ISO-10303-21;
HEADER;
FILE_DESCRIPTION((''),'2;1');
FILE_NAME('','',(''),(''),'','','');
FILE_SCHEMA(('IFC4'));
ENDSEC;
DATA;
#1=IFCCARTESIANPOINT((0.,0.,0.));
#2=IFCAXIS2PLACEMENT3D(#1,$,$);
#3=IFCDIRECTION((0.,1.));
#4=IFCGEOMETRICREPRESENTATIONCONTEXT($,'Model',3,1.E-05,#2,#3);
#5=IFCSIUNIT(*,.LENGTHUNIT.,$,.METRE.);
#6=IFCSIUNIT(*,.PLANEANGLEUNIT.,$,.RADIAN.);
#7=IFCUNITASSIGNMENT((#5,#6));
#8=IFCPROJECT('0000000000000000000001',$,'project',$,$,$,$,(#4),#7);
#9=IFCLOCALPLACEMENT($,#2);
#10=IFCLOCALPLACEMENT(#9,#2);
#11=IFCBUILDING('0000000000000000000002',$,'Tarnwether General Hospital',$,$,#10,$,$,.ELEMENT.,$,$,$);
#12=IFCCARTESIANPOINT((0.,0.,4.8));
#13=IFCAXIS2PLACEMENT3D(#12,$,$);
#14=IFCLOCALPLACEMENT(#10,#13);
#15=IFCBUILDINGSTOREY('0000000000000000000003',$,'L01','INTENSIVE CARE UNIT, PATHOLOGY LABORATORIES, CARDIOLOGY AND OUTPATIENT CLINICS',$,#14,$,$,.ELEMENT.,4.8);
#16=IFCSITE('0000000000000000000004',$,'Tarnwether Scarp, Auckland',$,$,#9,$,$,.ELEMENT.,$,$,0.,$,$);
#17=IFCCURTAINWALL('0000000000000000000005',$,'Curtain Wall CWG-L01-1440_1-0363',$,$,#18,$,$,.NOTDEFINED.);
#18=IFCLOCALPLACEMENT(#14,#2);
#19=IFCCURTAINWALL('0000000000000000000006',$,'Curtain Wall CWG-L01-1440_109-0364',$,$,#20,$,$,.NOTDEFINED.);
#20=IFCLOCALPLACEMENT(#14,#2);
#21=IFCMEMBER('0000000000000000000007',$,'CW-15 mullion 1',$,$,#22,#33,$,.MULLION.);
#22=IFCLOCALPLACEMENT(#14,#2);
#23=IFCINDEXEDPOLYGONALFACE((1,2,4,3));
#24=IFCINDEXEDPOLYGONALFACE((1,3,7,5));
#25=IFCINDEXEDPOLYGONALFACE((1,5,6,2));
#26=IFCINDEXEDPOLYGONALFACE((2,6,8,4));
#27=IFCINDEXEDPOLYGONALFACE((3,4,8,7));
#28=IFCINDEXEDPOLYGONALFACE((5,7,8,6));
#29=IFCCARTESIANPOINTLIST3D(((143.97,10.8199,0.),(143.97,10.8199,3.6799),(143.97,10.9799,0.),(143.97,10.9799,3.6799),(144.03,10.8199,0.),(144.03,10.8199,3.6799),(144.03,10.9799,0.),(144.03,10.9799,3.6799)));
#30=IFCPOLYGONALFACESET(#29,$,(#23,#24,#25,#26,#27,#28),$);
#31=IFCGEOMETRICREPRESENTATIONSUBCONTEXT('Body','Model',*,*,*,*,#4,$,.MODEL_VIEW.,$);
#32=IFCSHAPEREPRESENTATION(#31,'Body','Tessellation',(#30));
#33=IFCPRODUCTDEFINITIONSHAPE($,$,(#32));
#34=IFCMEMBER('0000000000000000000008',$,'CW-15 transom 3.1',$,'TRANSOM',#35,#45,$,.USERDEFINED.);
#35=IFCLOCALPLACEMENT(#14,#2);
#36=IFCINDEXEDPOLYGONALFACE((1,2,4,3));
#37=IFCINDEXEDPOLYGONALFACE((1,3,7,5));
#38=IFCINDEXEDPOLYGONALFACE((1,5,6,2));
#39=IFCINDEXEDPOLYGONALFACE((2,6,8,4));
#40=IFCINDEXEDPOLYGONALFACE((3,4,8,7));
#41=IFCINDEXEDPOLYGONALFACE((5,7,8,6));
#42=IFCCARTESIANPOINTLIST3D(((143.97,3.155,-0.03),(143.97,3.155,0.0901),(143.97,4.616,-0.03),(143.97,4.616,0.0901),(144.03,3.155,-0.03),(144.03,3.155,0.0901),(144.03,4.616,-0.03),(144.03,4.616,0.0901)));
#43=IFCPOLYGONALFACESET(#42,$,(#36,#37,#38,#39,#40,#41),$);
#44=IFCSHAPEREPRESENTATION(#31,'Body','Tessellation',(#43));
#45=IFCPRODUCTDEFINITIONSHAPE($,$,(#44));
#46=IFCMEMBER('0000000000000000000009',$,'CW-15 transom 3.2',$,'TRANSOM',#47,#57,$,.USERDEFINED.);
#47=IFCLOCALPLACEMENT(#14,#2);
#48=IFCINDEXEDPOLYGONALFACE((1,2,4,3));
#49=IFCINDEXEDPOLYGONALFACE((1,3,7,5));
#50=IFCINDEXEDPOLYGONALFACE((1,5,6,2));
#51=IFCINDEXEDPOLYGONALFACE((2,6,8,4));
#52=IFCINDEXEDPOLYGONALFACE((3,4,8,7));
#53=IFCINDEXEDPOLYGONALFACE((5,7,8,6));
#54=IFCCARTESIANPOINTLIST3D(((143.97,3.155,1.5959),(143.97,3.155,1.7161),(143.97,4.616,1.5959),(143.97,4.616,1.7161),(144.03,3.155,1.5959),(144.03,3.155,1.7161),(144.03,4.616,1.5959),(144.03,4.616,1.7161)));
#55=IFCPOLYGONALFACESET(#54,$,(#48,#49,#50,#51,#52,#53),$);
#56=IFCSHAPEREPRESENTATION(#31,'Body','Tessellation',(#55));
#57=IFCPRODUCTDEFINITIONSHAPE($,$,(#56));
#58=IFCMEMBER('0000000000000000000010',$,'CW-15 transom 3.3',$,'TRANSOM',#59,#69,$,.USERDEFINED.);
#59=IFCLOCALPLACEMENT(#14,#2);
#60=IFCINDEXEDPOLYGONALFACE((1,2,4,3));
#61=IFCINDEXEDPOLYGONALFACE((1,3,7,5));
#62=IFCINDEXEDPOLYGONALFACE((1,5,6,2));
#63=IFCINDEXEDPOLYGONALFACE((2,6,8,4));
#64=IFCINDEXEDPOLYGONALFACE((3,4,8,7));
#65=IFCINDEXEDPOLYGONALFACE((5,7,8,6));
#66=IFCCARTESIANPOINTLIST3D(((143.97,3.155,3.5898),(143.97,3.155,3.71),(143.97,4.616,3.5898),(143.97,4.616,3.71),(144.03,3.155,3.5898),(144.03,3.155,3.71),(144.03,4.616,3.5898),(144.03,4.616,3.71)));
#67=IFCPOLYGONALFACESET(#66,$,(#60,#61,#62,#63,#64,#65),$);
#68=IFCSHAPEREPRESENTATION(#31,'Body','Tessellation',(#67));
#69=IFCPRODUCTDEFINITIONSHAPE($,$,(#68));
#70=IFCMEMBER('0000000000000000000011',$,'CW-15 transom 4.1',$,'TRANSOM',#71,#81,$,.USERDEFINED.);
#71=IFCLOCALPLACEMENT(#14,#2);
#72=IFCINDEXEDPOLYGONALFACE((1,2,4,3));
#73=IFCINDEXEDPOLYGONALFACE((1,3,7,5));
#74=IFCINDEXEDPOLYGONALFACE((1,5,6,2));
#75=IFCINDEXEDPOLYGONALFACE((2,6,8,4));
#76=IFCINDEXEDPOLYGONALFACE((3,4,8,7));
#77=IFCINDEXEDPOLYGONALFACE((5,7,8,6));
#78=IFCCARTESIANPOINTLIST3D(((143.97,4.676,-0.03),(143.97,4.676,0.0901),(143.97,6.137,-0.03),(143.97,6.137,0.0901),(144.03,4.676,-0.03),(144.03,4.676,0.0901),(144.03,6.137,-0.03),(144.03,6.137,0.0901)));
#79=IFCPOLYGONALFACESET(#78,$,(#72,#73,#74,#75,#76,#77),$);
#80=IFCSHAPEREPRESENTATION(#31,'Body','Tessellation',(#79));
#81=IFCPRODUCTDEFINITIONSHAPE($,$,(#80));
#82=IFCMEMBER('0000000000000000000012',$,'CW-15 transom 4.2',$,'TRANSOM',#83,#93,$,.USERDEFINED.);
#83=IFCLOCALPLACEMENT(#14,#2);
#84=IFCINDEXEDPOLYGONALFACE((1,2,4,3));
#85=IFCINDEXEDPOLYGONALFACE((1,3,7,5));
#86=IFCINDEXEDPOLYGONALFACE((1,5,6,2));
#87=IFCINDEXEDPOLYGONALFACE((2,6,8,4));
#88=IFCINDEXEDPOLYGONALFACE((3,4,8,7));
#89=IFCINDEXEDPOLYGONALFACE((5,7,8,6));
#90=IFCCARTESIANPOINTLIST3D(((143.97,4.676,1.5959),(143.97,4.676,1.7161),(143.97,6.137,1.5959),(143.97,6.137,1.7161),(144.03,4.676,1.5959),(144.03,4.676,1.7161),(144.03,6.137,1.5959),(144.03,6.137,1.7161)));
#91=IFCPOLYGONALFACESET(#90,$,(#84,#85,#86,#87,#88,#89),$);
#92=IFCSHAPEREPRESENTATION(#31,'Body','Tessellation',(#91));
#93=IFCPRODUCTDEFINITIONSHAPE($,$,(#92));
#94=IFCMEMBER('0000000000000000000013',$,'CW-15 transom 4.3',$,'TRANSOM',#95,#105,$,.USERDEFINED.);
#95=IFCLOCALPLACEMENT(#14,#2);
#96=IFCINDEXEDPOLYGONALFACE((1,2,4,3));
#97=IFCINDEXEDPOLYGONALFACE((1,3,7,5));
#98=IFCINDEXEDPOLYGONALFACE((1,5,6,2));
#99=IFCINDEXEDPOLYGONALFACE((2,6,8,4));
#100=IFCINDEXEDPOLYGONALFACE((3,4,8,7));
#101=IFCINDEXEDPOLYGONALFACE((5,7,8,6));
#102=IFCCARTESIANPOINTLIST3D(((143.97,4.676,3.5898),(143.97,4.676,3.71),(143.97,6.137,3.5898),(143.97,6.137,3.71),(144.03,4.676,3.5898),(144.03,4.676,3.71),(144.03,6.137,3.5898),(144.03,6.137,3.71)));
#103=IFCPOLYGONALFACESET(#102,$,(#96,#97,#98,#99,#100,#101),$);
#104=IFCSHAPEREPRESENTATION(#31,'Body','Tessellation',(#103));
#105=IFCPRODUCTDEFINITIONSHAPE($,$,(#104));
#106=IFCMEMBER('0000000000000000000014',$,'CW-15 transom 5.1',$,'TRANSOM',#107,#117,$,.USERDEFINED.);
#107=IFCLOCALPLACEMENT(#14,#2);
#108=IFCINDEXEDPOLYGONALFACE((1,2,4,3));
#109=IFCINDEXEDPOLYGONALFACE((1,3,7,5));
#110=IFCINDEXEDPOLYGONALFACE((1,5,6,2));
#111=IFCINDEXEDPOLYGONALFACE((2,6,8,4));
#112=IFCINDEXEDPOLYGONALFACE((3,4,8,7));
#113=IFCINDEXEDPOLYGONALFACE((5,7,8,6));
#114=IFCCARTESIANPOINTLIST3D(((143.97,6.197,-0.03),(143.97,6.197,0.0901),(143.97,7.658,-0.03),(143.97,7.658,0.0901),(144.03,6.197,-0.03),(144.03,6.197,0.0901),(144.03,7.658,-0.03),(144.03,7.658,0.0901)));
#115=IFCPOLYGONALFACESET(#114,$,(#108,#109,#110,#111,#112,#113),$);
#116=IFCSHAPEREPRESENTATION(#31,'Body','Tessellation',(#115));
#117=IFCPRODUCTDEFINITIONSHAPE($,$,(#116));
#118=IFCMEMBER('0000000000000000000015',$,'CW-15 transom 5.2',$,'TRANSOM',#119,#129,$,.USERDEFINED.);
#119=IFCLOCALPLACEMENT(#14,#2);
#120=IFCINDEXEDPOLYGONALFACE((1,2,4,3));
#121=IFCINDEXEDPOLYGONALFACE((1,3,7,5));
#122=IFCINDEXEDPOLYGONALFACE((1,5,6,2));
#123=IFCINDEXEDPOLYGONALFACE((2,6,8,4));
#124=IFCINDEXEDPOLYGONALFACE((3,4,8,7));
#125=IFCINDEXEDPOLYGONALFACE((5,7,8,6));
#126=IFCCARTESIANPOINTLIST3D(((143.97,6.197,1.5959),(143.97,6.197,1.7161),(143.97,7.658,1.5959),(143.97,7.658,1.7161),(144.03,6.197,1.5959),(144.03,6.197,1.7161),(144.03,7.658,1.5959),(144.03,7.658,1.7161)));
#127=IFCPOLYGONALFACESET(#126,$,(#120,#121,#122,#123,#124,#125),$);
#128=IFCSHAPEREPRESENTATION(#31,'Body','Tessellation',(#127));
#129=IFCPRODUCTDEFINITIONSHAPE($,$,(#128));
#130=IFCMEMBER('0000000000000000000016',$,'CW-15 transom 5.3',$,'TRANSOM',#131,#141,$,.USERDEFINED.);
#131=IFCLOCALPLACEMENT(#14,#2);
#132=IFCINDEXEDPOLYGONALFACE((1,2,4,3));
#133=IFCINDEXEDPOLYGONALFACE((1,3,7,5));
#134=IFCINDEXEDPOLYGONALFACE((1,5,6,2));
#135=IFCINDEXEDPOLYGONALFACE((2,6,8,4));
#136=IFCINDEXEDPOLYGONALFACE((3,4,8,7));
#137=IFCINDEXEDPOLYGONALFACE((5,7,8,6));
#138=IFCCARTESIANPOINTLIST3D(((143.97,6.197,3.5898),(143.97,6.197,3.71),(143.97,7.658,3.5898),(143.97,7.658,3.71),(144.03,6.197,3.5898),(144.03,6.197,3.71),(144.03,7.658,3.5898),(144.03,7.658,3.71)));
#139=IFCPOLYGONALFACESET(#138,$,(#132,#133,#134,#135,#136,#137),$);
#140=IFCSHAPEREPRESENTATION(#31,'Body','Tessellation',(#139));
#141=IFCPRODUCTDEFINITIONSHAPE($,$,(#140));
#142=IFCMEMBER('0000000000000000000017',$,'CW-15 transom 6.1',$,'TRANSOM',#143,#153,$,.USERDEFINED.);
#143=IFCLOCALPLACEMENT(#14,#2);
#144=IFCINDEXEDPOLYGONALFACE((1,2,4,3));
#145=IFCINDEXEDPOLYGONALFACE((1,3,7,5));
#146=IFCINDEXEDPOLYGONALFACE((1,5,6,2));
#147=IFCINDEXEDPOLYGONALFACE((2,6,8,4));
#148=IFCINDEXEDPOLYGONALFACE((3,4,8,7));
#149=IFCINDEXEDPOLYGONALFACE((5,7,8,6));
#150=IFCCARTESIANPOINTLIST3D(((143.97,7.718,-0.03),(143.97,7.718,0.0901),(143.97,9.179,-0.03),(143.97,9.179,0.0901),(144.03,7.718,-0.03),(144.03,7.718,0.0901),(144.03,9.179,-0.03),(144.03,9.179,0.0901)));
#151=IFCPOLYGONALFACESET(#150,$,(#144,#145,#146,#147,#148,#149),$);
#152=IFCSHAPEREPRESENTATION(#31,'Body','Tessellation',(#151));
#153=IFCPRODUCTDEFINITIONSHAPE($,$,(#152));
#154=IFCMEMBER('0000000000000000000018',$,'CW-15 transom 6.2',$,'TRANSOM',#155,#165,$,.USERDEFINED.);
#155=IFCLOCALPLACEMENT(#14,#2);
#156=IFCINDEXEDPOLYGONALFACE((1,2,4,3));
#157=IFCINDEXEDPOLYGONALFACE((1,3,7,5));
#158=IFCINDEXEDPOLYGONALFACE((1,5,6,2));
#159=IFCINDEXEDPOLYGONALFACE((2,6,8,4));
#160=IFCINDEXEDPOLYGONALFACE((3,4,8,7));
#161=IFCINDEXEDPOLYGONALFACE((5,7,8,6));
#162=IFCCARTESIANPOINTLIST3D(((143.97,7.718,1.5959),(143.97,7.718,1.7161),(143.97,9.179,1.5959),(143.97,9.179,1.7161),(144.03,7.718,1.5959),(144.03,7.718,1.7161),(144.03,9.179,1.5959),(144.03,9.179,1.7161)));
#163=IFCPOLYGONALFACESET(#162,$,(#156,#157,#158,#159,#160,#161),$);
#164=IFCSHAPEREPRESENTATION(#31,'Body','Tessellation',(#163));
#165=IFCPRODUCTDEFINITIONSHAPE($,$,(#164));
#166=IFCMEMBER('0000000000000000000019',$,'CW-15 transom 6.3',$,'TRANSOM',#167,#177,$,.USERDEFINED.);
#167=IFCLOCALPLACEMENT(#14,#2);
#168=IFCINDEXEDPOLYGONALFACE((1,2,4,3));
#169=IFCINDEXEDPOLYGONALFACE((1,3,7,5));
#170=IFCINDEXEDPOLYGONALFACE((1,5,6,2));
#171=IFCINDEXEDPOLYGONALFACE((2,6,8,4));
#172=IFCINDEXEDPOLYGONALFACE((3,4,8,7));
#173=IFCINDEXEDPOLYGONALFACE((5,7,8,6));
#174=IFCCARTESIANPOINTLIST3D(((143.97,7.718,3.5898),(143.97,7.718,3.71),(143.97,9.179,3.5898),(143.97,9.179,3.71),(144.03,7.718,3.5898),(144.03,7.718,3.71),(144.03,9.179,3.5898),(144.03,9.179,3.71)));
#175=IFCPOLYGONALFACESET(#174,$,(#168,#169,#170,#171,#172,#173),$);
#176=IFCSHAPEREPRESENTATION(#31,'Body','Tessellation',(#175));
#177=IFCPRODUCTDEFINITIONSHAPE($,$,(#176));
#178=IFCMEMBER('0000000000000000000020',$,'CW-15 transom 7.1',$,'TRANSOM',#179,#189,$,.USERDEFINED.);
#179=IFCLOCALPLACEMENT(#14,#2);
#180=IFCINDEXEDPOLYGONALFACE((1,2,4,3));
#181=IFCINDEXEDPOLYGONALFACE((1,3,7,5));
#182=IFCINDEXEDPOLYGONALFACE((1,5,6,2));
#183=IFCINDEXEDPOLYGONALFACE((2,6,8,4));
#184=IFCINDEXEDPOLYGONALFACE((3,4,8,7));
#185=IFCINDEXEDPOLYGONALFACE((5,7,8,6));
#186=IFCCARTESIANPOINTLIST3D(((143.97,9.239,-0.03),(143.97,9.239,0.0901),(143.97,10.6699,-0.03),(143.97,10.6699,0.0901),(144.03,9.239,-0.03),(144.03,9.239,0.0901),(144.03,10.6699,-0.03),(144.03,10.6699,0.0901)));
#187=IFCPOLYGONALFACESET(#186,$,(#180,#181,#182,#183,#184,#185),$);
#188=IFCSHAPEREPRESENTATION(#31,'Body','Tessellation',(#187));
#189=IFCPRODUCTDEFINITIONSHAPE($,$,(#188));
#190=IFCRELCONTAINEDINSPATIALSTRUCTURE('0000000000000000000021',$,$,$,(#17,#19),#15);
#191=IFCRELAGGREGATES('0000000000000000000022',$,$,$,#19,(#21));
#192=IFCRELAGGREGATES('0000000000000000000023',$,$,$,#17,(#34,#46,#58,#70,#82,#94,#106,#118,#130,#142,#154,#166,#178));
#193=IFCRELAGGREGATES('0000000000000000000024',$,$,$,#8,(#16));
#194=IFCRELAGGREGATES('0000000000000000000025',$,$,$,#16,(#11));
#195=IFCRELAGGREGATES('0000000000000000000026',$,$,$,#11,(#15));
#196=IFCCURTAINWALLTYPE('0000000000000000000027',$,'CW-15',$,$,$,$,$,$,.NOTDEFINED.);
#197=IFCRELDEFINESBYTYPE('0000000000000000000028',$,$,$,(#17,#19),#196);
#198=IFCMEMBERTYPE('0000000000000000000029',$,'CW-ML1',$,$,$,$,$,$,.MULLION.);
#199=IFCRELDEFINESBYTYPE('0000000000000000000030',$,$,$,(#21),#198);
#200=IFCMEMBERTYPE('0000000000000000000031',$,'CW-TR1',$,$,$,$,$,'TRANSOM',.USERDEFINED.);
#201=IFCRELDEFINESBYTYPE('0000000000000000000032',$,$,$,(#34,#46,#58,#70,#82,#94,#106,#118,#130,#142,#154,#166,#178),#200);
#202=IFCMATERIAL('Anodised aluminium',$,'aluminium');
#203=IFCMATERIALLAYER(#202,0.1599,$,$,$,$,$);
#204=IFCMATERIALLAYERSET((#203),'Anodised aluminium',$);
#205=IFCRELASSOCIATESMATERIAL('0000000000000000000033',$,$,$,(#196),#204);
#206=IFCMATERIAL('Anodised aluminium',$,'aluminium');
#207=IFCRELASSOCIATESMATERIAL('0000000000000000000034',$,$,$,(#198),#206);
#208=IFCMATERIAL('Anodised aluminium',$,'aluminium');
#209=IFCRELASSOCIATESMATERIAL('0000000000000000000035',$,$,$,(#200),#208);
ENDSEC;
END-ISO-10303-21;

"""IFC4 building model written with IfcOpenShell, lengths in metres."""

from ifc_helpers import new_model, si_unit, direction, frame, origin, origin_2d, place, context, subcontext, project, spatial, rectangle, extrude, material, layer, layer_set, material_profile, profile_set, type_object, element, aggregate, save


model = new_model("IFC4")

# Units and contexts
model_context = context("Model", 3, precision=1e-05, world=origin(), true_north=direction((0.0, 1.0)))
body_context = subcontext(model_context, "Body", "Model", "MODEL_VIEW")
ifc_project = project(units=[si_unit("LENGTHUNIT", "METRE"), si_unit("PLANEANGLEUNIT", "RADIAN")], contexts=[model_context])

# Site, building, storey
site_placement = place(None, origin())
site = spatial("IfcSite", under=ifc_project, at=site_placement, Name="Tarnwether Scarp, Auckland", CompositionType="ELEMENT", RefElevation=0.0)
building_placement = place(site_placement, origin())
building = spatial("IfcBuilding", under=site, at=building_placement, Name="Tarnwether General Hospital", CompositionType="ELEMENT")
storey_placement = place(building_placement, frame((0.0, 0.0, 4.8)))
storey = spatial("IfcBuildingStorey", under=building, at=storey_placement, Name="L01", Description="INTENSIVE CARE UNIT, PATHOLOGY LABORATORIES, CARDIOLOGY AND OUTPATIENT CLINICS", CompositionType="ELEMENT", Elevation=4.8)

# Curtain wall
ifc_material_1 = material(Name="Anodised aluminium", Category="aluminium")
ifc_layer_1 = layer(ifc_material_1, 0.1599)
ifc_layer_set_1 = layer_set([ifc_layer_1], Name="Anodised aluminium")
curtain_wall_type = type_object("IfcCurtainWallType", Name="CW-15", PredefinedType="NOTDEFINED", material=ifc_layer_set_1)
curtain_wall_1_placement = place(storey_placement, origin())
curtain_wall_1 = element("IfcCurtainWall", 1, at=curtain_wall_1_placement, inside=storey, type_object=curtain_wall_type, Name="Curtain Wall CWG-L01-1440_1-0363", PredefinedType="NOTDEFINED")
ifc_material_2 = material(Name="Anodised aluminium", Category="aluminium")
ifc_material_profile_1 = material_profile(ifc_material_2, rectangle(XDim=0.0601, YDim=0.1599, at=origin_2d()), Name="ALU-MUL-60x160")
ifc_profile_set_1 = profile_set([ifc_material_profile_1], Name="Anodised aluminium")
member_type_1 = type_object("IfcMemberType", Name="CW-ML1", PredefinedType="MULLION", material=ifc_profile_set_1)

# Curtain wall, member
curtain_wall_2_placement = place(storey_placement, origin())
curtain_wall_2 = element("IfcCurtainWall", 2, at=curtain_wall_2_placement, inside=storey, type_object=curtain_wall_type, Name="Curtain Wall CWG-L01-1440_109-0364", PredefinedType="NOTDEFINED")
member_1_placement = place(storey_placement, frame((144.0, 10.8999, 0.0), z_axis=(0.0, 0.0, 1.0), x_axis=(-1.0, 0.0, 0.0)))
member_1 = element("IfcMember", 3, at=member_1_placement, type_object=member_type_1, Name="CW-15 mullion 1", PredefinedType="MULLION", context=body_context, shape_type="SweptSolid", body=[
    extrude(rectangle(XDim=0.0601, YDim=0.1599, at=origin_2d()), origin(), (0.0, 0.0, 1.0), 3.6799),
])

# Members
ifc_material_3 = material(Name="Anodised aluminium", Category="aluminium")
ifc_material_profile_2 = material_profile(ifc_material_3, rectangle(XDim=0.0601, YDim=0.1201, at=origin_2d()), Name="ALU-TRN-60x120")
ifc_profile_set_2 = profile_set([ifc_material_profile_2], Name="Anodised aluminium")
member_type_2 = type_object("IfcMemberType", Name="CW-TR1", ElementType="TRANSOM", PredefinedType="USERDEFINED", material=ifc_profile_set_2)
member_2_placement = place(storey_placement, frame((144.0, 3.155, 0.03), z_axis=(0.0, 1.0, 0.0), x_axis=(-1.0, 0.0, 0.0)))
member_2 = element("IfcMember", 4, at=member_2_placement, type_object=member_type_2, Name="CW-15 transom 3.1", ObjectType="TRANSOM", PredefinedType="USERDEFINED", context=body_context, shape_type="SweptSolid", body=[
    extrude(rectangle(XDim=0.0601, YDim=0.1201, at=origin_2d()), origin(), (0.0, 0.0, 1.0), 1.4609),
])
member_3_placement = place(storey_placement, frame((144.0, 3.155, 1.656), z_axis=(0.0, 1.0, 0.0), x_axis=(-1.0, 0.0, 0.0)))
member_3 = element("IfcMember", 5, at=member_3_placement, type_object=member_type_2, Name="CW-15 transom 3.2", ObjectType="TRANSOM", PredefinedType="USERDEFINED", context=body_context, shape_type="SweptSolid", body=[
    extrude(rectangle(XDim=0.0601, YDim=0.1201, at=origin_2d()), origin(), (0.0, 0.0, 1.0), 1.4609),
])
member_4_placement = place(storey_placement, frame((144.0, 3.155, 3.6499), z_axis=(0.0, 1.0, 0.0), x_axis=(-1.0, 0.0, 0.0)))
member_4 = element("IfcMember", 6, at=member_4_placement, type_object=member_type_2, Name="CW-15 transom 3.3", ObjectType="TRANSOM", PredefinedType="USERDEFINED", context=body_context, shape_type="SweptSolid", body=[
    extrude(rectangle(XDim=0.0601, YDim=0.1201, at=origin_2d()), origin(), (0.0, 0.0, 1.0), 1.4609),
])
member_5_placement = place(storey_placement, frame((144.0, 4.676, 0.03), z_axis=(0.0, 1.0, 0.0), x_axis=(-1.0, 0.0, 0.0)))
member_5 = element("IfcMember", 7, at=member_5_placement, type_object=member_type_2, Name="CW-15 transom 4.1", ObjectType="TRANSOM", PredefinedType="USERDEFINED", context=body_context, shape_type="SweptSolid", body=[
    extrude(rectangle(XDim=0.0601, YDim=0.1201, at=origin_2d()), origin(), (0.0, 0.0, 1.0), 1.4609),
])
member_6_placement = place(storey_placement, frame((144.0, 4.676, 1.656), z_axis=(0.0, 1.0, 0.0), x_axis=(-1.0, 0.0, 0.0)))
member_6 = element("IfcMember", 8, at=member_6_placement, type_object=member_type_2, Name="CW-15 transom 4.2", ObjectType="TRANSOM", PredefinedType="USERDEFINED", context=body_context, shape_type="SweptSolid", body=[
    extrude(rectangle(XDim=0.0601, YDim=0.1201, at=origin_2d()), origin(), (0.0, 0.0, 1.0), 1.4609),
])
member_7_placement = place(storey_placement, frame((144.0, 4.676, 3.6499), z_axis=(0.0, 1.0, 0.0), x_axis=(-1.0, 0.0, 0.0)))
member_7 = element("IfcMember", 9, at=member_7_placement, type_object=member_type_2, Name="CW-15 transom 4.3", ObjectType="TRANSOM", PredefinedType="USERDEFINED", context=body_context, shape_type="SweptSolid", body=[
    extrude(rectangle(XDim=0.0601, YDim=0.1201, at=origin_2d()), origin(), (0.0, 0.0, 1.0), 1.4609),
])
member_8_placement = place(storey_placement, frame((144.0, 6.197, 0.03), z_axis=(0.0, 1.0, 0.0), x_axis=(-1.0, 0.0, 0.0)))
member_8 = element("IfcMember", 10, at=member_8_placement, type_object=member_type_2, Name="CW-15 transom 5.1", ObjectType="TRANSOM", PredefinedType="USERDEFINED", context=body_context, shape_type="SweptSolid", body=[
    extrude(rectangle(XDim=0.0601, YDim=0.1201, at=origin_2d()), origin(), (0.0, 0.0, 1.0), 1.4609),
])
member_9_placement = place(storey_placement, frame((144.0, 6.197, 1.656), z_axis=(0.0, 1.0, 0.0), x_axis=(-1.0, 0.0, 0.0)))
member_9 = element("IfcMember", 11, at=member_9_placement, type_object=member_type_2, Name="CW-15 transom 5.2", ObjectType="TRANSOM", PredefinedType="USERDEFINED", context=body_context, shape_type="SweptSolid", body=[
    extrude(rectangle(XDim=0.0601, YDim=0.1201, at=origin_2d()), origin(), (0.0, 0.0, 1.0), 1.4609),
])
member_10_placement = place(storey_placement, frame((144.0, 6.197, 3.6499), z_axis=(0.0, 1.0, 0.0), x_axis=(-1.0, 0.0, 0.0)))
member_10 = element("IfcMember", 12, at=member_10_placement, type_object=member_type_2, Name="CW-15 transom 5.3", ObjectType="TRANSOM", PredefinedType="USERDEFINED", context=body_context, shape_type="SweptSolid", body=[
    extrude(rectangle(XDim=0.0601, YDim=0.1201, at=origin_2d()), origin(), (0.0, 0.0, 1.0), 1.4609),
])
member_11_placement = place(storey_placement, frame((144.0, 7.718, 0.03), z_axis=(0.0, 1.0, 0.0), x_axis=(-1.0, 0.0, 0.0)))
member_11 = element("IfcMember", 13, at=member_11_placement, type_object=member_type_2, Name="CW-15 transom 6.1", ObjectType="TRANSOM", PredefinedType="USERDEFINED", context=body_context, shape_type="SweptSolid", body=[
    extrude(rectangle(XDim=0.0601, YDim=0.1201, at=origin_2d()), origin(), (0.0, 0.0, 1.0), 1.4609),
])
member_12_placement = place(storey_placement, frame((144.0, 7.718, 1.656), z_axis=(0.0, 1.0, 0.0), x_axis=(-1.0, 0.0, 0.0)))
member_12 = element("IfcMember", 14, at=member_12_placement, type_object=member_type_2, Name="CW-15 transom 6.2", ObjectType="TRANSOM", PredefinedType="USERDEFINED", context=body_context, shape_type="SweptSolid", body=[
    extrude(rectangle(XDim=0.0601, YDim=0.1201, at=origin_2d()), origin(), (0.0, 0.0, 1.0), 1.4609),
])
member_13_placement = place(storey_placement, frame((144.0, 7.718, 3.6499), z_axis=(0.0, 1.0, 0.0), x_axis=(-1.0, 0.0, 0.0)))
member_13 = element("IfcMember", 15, at=member_13_placement, type_object=member_type_2, Name="CW-15 transom 6.3", ObjectType="TRANSOM", PredefinedType="USERDEFINED", context=body_context, shape_type="SweptSolid", body=[
    extrude(rectangle(XDim=0.0601, YDim=0.1201, at=origin_2d()), origin(), (0.0, 0.0, 1.0), 1.4609),
])
member_14_placement = place(storey_placement, frame((144.0, 9.239, 0.03), z_axis=(0.0, 1.0, 0.0), x_axis=(-1.0, 0.0, 0.0)))
member_14 = element("IfcMember", 16, at=member_14_placement, type_object=member_type_2, Name="CW-15 transom 7.1", ObjectType="TRANSOM", PredefinedType="USERDEFINED", context=body_context, shape_type="SweptSolid", body=[
    extrude(rectangle(XDim=0.0601, YDim=0.1201, at=origin_2d()), origin(), (0.0, 0.0, 1.0), 1.4309),
])
aggregate(curtain_wall_2, [member_1])

aggregate(curtain_wall_1, [member_2, member_3, member_4, member_5, member_6, member_7, member_8, member_9, member_10, member_11, member_12, member_13, member_14])

save(model, "model.ifc")
